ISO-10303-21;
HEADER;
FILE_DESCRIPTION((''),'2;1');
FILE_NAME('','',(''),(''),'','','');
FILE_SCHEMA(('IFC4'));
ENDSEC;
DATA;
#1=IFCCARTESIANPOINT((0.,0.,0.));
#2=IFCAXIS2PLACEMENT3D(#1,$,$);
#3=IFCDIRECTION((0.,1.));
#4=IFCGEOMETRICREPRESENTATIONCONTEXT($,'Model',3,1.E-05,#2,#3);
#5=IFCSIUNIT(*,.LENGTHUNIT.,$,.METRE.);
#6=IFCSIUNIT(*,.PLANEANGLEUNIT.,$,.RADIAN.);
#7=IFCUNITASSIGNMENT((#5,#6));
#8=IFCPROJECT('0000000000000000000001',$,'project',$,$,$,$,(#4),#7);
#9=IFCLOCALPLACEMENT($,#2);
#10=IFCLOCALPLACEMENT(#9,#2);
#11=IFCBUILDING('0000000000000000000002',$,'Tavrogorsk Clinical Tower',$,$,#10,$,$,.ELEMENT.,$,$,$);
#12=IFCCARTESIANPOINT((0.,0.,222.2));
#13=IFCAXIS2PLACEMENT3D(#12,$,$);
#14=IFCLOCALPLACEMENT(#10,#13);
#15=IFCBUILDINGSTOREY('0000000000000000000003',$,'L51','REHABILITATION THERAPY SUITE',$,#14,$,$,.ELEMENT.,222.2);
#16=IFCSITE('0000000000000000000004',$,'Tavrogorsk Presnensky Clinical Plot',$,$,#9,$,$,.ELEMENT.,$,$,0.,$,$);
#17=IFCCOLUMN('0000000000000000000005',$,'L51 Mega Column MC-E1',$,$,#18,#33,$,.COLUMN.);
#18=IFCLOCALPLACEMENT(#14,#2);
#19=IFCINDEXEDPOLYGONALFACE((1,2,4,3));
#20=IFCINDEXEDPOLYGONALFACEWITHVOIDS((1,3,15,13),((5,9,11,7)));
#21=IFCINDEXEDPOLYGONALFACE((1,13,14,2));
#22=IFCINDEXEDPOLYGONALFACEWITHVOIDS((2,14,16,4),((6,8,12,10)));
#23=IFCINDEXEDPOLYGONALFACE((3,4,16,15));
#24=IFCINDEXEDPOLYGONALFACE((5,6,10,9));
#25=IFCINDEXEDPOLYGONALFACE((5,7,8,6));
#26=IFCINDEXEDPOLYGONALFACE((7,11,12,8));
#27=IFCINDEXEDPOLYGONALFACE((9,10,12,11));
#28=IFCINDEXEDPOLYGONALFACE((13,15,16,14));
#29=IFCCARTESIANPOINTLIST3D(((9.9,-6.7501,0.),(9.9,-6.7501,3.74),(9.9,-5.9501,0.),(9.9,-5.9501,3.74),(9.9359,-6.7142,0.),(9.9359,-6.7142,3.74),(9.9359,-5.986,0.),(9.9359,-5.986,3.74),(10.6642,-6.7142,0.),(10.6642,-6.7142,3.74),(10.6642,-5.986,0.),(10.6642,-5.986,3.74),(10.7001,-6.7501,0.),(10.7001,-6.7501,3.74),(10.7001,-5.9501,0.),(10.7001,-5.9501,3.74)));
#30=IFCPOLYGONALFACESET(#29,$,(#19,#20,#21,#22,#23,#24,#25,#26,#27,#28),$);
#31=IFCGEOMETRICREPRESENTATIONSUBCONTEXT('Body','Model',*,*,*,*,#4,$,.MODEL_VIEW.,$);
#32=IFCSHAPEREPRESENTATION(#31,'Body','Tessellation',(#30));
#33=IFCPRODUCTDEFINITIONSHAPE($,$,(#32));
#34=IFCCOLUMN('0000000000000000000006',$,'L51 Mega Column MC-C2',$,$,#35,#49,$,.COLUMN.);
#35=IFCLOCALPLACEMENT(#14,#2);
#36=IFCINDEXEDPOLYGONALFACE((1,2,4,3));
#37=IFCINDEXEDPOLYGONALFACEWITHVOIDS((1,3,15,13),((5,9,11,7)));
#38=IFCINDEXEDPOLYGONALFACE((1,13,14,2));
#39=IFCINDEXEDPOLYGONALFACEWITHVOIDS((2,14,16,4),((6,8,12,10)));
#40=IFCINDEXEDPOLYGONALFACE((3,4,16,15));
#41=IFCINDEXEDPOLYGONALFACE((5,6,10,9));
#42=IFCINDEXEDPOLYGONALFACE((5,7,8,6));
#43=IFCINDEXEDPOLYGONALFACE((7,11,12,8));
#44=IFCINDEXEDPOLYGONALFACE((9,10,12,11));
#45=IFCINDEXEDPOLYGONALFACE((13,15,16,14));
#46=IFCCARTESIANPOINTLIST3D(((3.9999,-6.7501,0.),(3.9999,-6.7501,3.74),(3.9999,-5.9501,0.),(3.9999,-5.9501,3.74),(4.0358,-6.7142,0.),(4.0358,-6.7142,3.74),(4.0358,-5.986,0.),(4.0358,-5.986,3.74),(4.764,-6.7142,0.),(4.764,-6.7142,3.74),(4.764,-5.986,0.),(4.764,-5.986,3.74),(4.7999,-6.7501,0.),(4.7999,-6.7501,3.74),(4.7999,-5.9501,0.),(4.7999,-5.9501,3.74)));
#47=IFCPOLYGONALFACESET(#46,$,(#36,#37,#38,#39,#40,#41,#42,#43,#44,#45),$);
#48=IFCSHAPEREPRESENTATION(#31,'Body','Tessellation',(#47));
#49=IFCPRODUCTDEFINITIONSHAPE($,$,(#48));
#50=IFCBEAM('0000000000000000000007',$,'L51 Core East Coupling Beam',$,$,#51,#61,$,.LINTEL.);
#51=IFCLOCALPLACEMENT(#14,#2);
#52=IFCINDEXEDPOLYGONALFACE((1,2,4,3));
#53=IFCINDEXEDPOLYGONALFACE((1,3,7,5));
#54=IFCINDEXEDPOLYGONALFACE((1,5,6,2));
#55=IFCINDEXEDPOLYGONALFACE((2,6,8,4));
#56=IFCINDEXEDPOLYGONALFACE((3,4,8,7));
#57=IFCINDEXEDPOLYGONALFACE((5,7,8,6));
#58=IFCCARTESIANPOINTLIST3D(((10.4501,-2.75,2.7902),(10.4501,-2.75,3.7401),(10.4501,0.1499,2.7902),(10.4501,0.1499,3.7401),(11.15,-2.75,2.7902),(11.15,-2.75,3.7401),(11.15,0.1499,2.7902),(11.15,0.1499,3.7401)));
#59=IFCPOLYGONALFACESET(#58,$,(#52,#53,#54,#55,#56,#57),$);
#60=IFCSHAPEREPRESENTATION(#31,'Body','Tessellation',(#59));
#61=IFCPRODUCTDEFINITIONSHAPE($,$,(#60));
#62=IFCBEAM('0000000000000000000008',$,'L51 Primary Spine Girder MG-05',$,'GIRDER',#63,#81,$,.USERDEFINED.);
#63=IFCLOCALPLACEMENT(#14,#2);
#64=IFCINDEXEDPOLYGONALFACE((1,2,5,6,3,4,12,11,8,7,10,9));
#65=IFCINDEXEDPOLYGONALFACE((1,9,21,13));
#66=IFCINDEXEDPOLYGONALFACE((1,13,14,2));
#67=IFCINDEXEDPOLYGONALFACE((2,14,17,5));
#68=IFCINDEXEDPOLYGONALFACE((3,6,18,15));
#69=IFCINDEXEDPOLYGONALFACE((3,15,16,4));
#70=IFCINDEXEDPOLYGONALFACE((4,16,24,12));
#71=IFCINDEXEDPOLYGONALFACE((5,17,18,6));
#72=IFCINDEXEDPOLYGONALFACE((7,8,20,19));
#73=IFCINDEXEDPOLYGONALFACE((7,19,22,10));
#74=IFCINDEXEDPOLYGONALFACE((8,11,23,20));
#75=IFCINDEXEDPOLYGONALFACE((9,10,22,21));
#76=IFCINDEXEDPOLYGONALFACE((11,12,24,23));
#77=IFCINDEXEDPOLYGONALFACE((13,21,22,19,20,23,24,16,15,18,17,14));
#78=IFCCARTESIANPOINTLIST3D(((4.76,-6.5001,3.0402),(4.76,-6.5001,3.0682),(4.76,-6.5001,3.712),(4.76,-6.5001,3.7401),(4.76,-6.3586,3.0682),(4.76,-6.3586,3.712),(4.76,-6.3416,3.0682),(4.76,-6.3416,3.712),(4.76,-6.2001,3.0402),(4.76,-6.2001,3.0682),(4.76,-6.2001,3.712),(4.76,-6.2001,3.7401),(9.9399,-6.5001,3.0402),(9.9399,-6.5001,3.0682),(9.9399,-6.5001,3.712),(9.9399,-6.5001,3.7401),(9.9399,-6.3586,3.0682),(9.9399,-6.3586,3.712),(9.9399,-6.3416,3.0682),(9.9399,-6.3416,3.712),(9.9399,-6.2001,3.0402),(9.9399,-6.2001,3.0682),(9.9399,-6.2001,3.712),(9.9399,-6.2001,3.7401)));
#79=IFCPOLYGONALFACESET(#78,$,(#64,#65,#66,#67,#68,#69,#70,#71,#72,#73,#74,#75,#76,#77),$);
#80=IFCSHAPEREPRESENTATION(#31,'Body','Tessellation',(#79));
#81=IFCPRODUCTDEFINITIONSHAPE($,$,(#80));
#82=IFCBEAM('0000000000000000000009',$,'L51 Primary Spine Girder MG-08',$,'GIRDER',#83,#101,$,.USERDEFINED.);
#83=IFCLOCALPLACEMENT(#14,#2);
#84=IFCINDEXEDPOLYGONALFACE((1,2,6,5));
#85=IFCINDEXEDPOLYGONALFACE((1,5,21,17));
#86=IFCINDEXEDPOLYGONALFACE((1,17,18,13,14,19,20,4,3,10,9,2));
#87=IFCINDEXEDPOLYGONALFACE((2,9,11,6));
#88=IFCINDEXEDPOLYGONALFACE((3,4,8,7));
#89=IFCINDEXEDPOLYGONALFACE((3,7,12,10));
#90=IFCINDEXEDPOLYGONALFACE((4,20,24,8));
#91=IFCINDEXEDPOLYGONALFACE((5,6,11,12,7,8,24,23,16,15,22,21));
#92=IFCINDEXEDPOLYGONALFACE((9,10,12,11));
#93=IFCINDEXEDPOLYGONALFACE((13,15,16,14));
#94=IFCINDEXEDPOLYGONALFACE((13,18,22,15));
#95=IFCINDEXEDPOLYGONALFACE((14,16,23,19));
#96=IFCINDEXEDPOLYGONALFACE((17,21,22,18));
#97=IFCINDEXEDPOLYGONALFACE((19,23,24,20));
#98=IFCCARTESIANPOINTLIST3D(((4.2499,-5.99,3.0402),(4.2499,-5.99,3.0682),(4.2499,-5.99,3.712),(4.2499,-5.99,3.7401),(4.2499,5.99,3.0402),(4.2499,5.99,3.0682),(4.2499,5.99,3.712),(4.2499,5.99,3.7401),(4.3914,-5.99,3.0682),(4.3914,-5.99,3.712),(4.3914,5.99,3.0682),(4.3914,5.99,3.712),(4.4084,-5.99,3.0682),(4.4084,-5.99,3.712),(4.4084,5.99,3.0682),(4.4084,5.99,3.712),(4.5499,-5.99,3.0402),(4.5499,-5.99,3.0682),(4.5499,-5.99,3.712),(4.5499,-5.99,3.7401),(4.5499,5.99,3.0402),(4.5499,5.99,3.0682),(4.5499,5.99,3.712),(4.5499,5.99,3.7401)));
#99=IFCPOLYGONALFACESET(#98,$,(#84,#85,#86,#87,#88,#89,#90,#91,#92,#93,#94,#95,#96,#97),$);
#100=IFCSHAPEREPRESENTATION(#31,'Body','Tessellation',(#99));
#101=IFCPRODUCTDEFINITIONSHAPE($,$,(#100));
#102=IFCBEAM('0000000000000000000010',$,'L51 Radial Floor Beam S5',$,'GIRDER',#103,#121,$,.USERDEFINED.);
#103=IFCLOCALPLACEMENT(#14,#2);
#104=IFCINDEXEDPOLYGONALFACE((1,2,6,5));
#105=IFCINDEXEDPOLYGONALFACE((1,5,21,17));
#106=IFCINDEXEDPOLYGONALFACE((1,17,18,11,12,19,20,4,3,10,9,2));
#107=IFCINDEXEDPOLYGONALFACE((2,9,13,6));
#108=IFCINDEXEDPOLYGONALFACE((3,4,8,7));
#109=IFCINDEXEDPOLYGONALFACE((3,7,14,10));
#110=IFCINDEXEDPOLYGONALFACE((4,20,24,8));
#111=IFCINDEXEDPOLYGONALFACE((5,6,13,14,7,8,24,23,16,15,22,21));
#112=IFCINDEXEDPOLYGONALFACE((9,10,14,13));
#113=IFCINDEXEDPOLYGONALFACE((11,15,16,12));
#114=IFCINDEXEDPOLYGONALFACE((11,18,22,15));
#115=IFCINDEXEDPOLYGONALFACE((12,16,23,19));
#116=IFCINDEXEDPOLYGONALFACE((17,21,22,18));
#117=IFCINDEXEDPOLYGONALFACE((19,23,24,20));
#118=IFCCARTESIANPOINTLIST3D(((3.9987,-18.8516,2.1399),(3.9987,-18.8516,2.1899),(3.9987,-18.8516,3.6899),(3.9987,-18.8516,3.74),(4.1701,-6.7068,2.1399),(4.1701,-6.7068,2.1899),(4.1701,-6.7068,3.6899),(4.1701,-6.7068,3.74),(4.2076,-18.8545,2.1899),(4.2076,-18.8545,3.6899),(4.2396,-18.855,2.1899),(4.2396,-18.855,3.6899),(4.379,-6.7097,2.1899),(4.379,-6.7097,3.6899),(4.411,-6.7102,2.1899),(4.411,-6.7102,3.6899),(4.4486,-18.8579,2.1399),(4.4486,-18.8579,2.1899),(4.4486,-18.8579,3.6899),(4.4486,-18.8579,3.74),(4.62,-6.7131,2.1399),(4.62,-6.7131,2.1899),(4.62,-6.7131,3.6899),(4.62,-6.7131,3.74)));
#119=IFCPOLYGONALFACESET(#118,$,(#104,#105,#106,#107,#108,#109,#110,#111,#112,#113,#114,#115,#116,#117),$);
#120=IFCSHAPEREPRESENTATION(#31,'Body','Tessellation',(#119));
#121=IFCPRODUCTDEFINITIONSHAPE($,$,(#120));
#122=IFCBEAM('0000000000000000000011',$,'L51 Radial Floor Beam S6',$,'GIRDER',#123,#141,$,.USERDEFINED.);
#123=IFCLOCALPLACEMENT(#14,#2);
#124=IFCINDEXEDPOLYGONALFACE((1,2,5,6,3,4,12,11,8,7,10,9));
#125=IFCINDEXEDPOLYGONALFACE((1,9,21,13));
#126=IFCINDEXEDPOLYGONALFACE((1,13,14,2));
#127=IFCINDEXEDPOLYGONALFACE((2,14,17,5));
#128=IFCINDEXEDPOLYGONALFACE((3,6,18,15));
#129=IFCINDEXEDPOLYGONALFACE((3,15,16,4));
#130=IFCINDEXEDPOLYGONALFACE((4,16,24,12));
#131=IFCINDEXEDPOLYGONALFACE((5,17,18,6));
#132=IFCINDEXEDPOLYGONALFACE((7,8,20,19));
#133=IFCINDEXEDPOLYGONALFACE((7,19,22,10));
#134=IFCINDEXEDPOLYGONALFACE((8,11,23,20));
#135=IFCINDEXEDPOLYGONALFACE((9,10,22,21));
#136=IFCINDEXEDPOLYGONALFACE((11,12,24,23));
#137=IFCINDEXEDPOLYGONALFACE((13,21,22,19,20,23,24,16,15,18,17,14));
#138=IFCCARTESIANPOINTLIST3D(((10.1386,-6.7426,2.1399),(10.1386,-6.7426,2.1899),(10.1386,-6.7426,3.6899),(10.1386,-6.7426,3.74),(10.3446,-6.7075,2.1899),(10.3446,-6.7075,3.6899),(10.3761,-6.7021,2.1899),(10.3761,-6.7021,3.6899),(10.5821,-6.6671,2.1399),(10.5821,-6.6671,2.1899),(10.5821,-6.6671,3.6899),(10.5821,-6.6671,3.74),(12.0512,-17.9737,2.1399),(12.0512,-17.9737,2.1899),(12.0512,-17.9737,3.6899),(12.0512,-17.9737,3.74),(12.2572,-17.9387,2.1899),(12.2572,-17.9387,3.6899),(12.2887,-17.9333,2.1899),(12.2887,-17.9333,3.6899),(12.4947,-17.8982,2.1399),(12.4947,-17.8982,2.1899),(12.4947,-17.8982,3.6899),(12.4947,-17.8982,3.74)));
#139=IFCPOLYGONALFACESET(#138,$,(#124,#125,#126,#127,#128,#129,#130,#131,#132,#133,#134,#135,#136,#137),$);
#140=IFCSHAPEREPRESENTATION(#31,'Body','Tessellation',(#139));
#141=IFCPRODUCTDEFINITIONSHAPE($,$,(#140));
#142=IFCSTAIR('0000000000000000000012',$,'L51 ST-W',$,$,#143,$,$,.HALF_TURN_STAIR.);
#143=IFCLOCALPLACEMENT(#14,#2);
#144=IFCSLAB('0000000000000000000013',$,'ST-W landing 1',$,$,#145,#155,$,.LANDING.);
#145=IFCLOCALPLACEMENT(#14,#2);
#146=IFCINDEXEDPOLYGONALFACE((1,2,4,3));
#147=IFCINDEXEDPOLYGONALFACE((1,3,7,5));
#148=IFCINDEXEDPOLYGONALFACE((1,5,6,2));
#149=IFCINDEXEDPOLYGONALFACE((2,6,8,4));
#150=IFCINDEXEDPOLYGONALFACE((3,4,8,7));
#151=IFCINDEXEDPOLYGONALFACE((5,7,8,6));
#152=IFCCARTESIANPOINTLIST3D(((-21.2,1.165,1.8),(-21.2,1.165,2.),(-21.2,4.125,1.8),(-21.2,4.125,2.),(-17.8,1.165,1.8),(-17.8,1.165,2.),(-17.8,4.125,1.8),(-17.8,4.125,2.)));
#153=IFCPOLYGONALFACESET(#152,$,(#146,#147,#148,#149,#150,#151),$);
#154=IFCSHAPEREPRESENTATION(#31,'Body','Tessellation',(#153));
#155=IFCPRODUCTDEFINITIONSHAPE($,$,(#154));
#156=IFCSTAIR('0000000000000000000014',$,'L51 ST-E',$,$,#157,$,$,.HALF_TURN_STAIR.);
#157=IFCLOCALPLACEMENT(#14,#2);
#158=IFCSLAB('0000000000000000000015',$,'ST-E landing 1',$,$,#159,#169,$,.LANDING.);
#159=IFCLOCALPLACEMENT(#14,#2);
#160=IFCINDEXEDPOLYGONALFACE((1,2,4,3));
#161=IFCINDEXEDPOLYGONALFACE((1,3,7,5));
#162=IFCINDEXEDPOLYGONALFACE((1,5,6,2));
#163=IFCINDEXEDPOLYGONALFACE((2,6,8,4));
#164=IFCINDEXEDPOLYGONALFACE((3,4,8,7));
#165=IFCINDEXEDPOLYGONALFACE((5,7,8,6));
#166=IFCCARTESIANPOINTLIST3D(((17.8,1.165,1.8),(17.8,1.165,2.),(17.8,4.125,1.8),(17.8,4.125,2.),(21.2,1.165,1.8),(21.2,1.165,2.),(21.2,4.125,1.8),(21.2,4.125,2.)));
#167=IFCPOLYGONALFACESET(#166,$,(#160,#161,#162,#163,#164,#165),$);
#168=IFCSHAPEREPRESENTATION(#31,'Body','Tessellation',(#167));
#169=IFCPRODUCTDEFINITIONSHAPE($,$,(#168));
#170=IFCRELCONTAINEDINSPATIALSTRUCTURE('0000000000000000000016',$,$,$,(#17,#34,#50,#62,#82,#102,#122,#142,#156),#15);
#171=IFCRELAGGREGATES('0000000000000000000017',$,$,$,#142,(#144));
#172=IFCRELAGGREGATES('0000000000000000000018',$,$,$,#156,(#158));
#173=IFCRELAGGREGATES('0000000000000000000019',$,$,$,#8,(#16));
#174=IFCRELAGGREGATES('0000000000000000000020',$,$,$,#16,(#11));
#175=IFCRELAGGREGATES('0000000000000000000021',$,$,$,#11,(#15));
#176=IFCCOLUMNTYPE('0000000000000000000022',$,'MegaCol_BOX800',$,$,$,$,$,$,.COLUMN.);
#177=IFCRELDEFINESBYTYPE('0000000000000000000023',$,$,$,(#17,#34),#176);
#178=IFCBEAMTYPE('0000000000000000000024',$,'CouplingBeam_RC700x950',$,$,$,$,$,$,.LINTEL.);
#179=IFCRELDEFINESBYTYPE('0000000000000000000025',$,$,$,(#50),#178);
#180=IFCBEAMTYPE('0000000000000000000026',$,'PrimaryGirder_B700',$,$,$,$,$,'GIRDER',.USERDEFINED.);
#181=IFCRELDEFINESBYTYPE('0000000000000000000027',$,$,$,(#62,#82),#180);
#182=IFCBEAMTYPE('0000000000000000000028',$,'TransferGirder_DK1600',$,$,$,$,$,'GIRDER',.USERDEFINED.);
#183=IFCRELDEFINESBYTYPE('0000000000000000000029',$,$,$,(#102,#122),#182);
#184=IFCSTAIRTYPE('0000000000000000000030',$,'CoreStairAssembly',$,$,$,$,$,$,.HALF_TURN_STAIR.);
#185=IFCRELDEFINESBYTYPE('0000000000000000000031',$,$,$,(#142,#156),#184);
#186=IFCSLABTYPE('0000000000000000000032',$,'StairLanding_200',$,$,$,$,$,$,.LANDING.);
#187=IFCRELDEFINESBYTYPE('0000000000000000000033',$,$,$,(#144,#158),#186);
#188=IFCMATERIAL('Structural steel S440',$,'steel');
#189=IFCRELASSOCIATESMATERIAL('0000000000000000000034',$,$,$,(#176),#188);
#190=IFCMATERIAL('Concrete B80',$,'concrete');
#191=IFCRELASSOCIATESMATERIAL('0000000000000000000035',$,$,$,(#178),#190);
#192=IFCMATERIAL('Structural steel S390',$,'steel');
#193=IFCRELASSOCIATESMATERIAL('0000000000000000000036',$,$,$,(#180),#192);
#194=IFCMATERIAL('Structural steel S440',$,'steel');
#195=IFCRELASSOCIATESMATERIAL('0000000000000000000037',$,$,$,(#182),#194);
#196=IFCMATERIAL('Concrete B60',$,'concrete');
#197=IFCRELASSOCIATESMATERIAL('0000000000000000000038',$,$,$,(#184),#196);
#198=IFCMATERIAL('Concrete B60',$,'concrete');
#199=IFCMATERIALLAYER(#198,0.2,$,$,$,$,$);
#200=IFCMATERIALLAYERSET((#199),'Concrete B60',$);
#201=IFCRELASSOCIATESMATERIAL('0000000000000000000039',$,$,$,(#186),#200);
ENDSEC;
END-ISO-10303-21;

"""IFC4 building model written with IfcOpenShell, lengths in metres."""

from ifc_helpers import new_model, si_unit, direction, frame, origin, origin_2d, place, context, subcontext, project, spatial, polyline, rectangle, hollow_rectangle, i_section, outline, extrude, material, layer, layer_set, material_profile, profile_set, type_object, element, aggregate, save


model = new_model("IFC4")

# Units and contexts
model_context = context("Model", 3, precision=1e-05, world=origin(), true_north=direction((0.0, 1.0)))
body_context = subcontext(model_context, "Body", "Model", "MODEL_VIEW")
ifc_project = project(units=[si_unit("LENGTHUNIT", "METRE"), si_unit("PLANEANGLEUNIT", "RADIAN")], contexts=[model_context])

# Site, building, storey
site_placement = place(None, origin())
site = spatial("IfcSite", under=ifc_project, at=site_placement, Name="Tavrogorsk Presnensky Clinical Plot", CompositionType="ELEMENT", RefElevation=0.0)
building_placement = place(site_placement, origin())
building = spatial("IfcBuilding", under=site, at=building_placement, Name="Tavrogorsk Clinical Tower", CompositionType="ELEMENT")
storey_placement = place(building_placement, frame((0.0, 0.0, 222.2)))
storey = spatial("IfcBuildingStorey", under=building, at=storey_placement, Name="L51", Description="REHABILITATION THERAPY SUITE", CompositionType="ELEMENT", Elevation=222.2)

# Columns
ifc_material_1 = material(Name="Structural steel S440", Category="steel")
ifc_material_profile_1 = material_profile(ifc_material_1, hollow_rectangle(XDim=0.8, YDim=0.8, WallThickness=0.0359, at=origin_2d()), Name="BOX-800x800x36")
ifc_profile_set_1 = profile_set([ifc_material_profile_1], Name="Structural steel S440")
column_type = type_object("IfcColumnType", Name="MegaCol_BOX800", PredefinedType="COLUMN", material=ifc_profile_set_1)
for number, where, z_axis, x_axis, name in (
    (1, (10.3, -6.3501, 0.0), (0.0, 0.0, 1.0), (1.0, 0.0, 0.0), "L51 Mega Column MC-E1"),
    (2, (4.3999, -6.3501, 0.0), (0.0, 0.0, 1.0), (1.0, 0.0, 0.0), "L51 Mega Column MC-C2"),
):
    element("IfcColumn", number, at=place(storey_placement, frame(where, z_axis=z_axis, x_axis=x_axis)), inside=storey, type_object=column_type, Name=name, PredefinedType="COLUMN", context=body_context, shape_type="SweptSolid", body=[
        extrude(hollow_rectangle(XDim=0.8, YDim=0.8, WallThickness=0.0359, at=origin_2d()), origin(), (0.0, 0.0, 1.0), 3.74),
    ])

# Beams
ifc_material_2 = material(Name="Concrete B80", Category="concrete")
ifc_material_profile_2 = material_profile(ifc_material_2, rectangle(XDim=0.7, YDim=0.95, at=origin_2d()), Name="RC-CB-700x950")
ifc_profile_set_2 = profile_set([ifc_material_profile_2], Name="Concrete B80")
beam_type_1 = type_object("IfcBeamType", Name="CouplingBeam_RC700x950", PredefinedType="LINTEL", material=ifc_profile_set_2)
beam_1_placement = place(storey_placement, frame((10.8, -2.75, 3.2651), z_axis=(0.0, 1.0, 0.0), x_axis=(-1.0, 0.0, 0.0)))
element("IfcBeam", 3, at=beam_1_placement, inside=storey, type_object=beam_type_1, Name="L51 Core East Coupling Beam", PredefinedType="LINTEL", context=body_context, shape_type="SweptSolid", body=[
    extrude(rectangle(XDim=0.7, YDim=0.95, at=origin_2d()), origin(), (0.0, 0.0, 1.0), 2.8999),
])
ifc_material_3 = material(Name="Structural steel S390", Category="steel")
ifc_material_profile_3 = material_profile(ifc_material_3, i_section(OverallWidth=0.3, OverallDepth=0.7, WebThickness=0.0171, FlangeThickness=0.0281, at=origin_2d()), Name="B-700x300x17x28")
ifc_profile_set_3 = profile_set([ifc_material_profile_3], Name="Structural steel S390")
beam_type_2 = type_object("IfcBeamType", Name="PrimaryGirder_B700", ElementType="GIRDER", PredefinedType="USERDEFINED", material=ifc_profile_set_3)
beam_2_placement = place(storey_placement, frame((4.76, -6.3501, 3.3901), z_axis=(1.0, 0.0, 0.0), x_axis=(0.0, 1.0, 0.0)))
element("IfcBeam", 4, at=beam_2_placement, inside=storey, type_object=beam_type_2, Name="L51 Primary Spine Girder MG-05", ObjectType="GIRDER", PredefinedType="USERDEFINED", context=body_context, shape_type="SweptSolid", body=[
    extrude(i_section(OverallWidth=0.3, OverallDepth=0.7, WebThickness=0.0171, FlangeThickness=0.0281, at=origin_2d()), origin(), (0.0, 0.0, 1.0), 5.1799),
])
beam_3_placement = place(storey_placement, frame((4.3999, -5.99, 3.3901), z_axis=(0.0, 1.0, 0.0), x_axis=(-1.0, 0.0, 0.0)))
element("IfcBeam", 5, at=beam_3_placement, inside=storey, type_object=beam_type_2, Name="L51 Primary Spine Girder MG-08", ObjectType="GIRDER", PredefinedType="USERDEFINED", context=body_context, shape_type="SweptSolid", body=[
    extrude(i_section(OverallWidth=0.3, OverallDepth=0.7, WebThickness=0.0171, FlangeThickness=0.0281, at=origin_2d()), origin(), (0.0, 0.0, 1.0), 11.98),
])
ifc_material_4 = material(Name="Structural steel S440", Category="steel")
ifc_material_profile_4 = material_profile(ifc_material_4, i_section(OverallWidth=0.45, OverallDepth=1.6001, WebThickness=0.032, FlangeThickness=0.05, at=origin_2d()), Name="DK-1600x450x32x50")
ifc_profile_set_4 = profile_set([ifc_material_profile_4], Name="Structural steel S440")
beam_type_3 = type_object("IfcBeamType", Name="TransferGirder_DK1600", ElementType="GIRDER", PredefinedType="USERDEFINED", material=ifc_profile_set_4)
beam_4_placement = place(storey_placement, frame((4.395, -6.71, 2.9399), z_axis=(-0.014111, -0.9999, 0.0), x_axis=(0.9999, -0.014111, 0.0)))
element("IfcBeam", 6, at=beam_4_placement, inside=storey, type_object=beam_type_3, Name="L51 Radial Floor Beam S5", ObjectType="GIRDER", PredefinedType="USERDEFINED", context=body_context, shape_type="SweptSolid", body=[
    extrude(i_section(OverallWidth=0.45, OverallDepth=1.6001, WebThickness=0.032, FlangeThickness=0.05, at=origin_2d()), origin(), (0.0, 0.0, 1.0), 12.146),
])
beam_5_placement = place(storey_placement, frame((10.3604, -6.7048, 2.9399), z_axis=(0.167876, -0.985808, 0.0), x_axis=(0.985808, 0.167876, 0.0)))
element("IfcBeam", 7, at=beam_5_placement, inside=storey, type_object=beam_type_3, Name="L51 Radial Floor Beam S6", ObjectType="GIRDER", PredefinedType="USERDEFINED", context=body_context, shape_type="SweptSolid", body=[
    extrude(i_section(OverallWidth=0.45, OverallDepth=1.6001, WebThickness=0.032, FlangeThickness=0.05, at=origin_2d()), origin(), (0.0, 0.0, 1.0), 11.3928),
])

# Stairs, slabs
ifc_material_5 = material(Name="Concrete B60", Category="concrete")
stair_type = type_object("IfcStairType", Name="CoreStairAssembly", PredefinedType="HALF_TURN_STAIR", material=ifc_material_5)
stair_1_placement = place(storey_placement, origin())
stair_1 = element("IfcStair", 8, at=stair_1_placement, inside=storey, type_object=stair_type, Name="L51 ST-W", PredefinedType="HALF_TURN_STAIR")
ifc_material_6 = material(Name="Concrete B60", Category="concrete")
ifc_layer_1 = layer(ifc_material_6, 0.2)
ifc_layer_set_1 = layer_set([ifc_layer_1], Name="Concrete B60")
slab_type_1 = type_object("IfcSlabType", Name="StairLanding_200", PredefinedType="LANDING", material=ifc_layer_set_1)
slab_1_placement = place(storey_placement, frame((0.0, 0.0, 1.8)))
slab_1 = element("IfcSlab", 9, at=slab_1_placement, type_object=slab_type_1, Name="ST-W landing 1", PredefinedType="LANDING", context=body_context, shape_type="SweptSolid", body=[
    extrude(outline(polyline([(-17.8, 1.165), (-17.8, 4.125), (-21.2, 4.125), (-21.2, 1.165), (-17.8, 1.165)])), origin(), (0.0, 0.0, 1.0), 0.2),
])
aggregate(stair_1, [slab_1])
stair_2_placement = place(storey_placement, origin())
stair_2 = element("IfcStair", 10, at=stair_2_placement, inside=storey, type_object=stair_type, Name="L51 ST-E", PredefinedType="HALF_TURN_STAIR")
slab_2_placement = place(storey_placement, frame((0.0, 0.0, 1.8)))
slab_2 = element("IfcSlab", 11, at=slab_2_placement, type_object=slab_type_1, Name="ST-E landing 1", PredefinedType="LANDING", context=body_context, shape_type="SweptSolid", body=[
    extrude(outline(polyline([(21.2, 1.165), (21.2, 4.125), (17.8, 4.125), (17.8, 1.165), (21.2, 1.165)])), origin(), (0.0, 0.0, 1.0), 0.2),
])
aggregate(stair_2, [slab_2])

save(model, "model.ifc")
